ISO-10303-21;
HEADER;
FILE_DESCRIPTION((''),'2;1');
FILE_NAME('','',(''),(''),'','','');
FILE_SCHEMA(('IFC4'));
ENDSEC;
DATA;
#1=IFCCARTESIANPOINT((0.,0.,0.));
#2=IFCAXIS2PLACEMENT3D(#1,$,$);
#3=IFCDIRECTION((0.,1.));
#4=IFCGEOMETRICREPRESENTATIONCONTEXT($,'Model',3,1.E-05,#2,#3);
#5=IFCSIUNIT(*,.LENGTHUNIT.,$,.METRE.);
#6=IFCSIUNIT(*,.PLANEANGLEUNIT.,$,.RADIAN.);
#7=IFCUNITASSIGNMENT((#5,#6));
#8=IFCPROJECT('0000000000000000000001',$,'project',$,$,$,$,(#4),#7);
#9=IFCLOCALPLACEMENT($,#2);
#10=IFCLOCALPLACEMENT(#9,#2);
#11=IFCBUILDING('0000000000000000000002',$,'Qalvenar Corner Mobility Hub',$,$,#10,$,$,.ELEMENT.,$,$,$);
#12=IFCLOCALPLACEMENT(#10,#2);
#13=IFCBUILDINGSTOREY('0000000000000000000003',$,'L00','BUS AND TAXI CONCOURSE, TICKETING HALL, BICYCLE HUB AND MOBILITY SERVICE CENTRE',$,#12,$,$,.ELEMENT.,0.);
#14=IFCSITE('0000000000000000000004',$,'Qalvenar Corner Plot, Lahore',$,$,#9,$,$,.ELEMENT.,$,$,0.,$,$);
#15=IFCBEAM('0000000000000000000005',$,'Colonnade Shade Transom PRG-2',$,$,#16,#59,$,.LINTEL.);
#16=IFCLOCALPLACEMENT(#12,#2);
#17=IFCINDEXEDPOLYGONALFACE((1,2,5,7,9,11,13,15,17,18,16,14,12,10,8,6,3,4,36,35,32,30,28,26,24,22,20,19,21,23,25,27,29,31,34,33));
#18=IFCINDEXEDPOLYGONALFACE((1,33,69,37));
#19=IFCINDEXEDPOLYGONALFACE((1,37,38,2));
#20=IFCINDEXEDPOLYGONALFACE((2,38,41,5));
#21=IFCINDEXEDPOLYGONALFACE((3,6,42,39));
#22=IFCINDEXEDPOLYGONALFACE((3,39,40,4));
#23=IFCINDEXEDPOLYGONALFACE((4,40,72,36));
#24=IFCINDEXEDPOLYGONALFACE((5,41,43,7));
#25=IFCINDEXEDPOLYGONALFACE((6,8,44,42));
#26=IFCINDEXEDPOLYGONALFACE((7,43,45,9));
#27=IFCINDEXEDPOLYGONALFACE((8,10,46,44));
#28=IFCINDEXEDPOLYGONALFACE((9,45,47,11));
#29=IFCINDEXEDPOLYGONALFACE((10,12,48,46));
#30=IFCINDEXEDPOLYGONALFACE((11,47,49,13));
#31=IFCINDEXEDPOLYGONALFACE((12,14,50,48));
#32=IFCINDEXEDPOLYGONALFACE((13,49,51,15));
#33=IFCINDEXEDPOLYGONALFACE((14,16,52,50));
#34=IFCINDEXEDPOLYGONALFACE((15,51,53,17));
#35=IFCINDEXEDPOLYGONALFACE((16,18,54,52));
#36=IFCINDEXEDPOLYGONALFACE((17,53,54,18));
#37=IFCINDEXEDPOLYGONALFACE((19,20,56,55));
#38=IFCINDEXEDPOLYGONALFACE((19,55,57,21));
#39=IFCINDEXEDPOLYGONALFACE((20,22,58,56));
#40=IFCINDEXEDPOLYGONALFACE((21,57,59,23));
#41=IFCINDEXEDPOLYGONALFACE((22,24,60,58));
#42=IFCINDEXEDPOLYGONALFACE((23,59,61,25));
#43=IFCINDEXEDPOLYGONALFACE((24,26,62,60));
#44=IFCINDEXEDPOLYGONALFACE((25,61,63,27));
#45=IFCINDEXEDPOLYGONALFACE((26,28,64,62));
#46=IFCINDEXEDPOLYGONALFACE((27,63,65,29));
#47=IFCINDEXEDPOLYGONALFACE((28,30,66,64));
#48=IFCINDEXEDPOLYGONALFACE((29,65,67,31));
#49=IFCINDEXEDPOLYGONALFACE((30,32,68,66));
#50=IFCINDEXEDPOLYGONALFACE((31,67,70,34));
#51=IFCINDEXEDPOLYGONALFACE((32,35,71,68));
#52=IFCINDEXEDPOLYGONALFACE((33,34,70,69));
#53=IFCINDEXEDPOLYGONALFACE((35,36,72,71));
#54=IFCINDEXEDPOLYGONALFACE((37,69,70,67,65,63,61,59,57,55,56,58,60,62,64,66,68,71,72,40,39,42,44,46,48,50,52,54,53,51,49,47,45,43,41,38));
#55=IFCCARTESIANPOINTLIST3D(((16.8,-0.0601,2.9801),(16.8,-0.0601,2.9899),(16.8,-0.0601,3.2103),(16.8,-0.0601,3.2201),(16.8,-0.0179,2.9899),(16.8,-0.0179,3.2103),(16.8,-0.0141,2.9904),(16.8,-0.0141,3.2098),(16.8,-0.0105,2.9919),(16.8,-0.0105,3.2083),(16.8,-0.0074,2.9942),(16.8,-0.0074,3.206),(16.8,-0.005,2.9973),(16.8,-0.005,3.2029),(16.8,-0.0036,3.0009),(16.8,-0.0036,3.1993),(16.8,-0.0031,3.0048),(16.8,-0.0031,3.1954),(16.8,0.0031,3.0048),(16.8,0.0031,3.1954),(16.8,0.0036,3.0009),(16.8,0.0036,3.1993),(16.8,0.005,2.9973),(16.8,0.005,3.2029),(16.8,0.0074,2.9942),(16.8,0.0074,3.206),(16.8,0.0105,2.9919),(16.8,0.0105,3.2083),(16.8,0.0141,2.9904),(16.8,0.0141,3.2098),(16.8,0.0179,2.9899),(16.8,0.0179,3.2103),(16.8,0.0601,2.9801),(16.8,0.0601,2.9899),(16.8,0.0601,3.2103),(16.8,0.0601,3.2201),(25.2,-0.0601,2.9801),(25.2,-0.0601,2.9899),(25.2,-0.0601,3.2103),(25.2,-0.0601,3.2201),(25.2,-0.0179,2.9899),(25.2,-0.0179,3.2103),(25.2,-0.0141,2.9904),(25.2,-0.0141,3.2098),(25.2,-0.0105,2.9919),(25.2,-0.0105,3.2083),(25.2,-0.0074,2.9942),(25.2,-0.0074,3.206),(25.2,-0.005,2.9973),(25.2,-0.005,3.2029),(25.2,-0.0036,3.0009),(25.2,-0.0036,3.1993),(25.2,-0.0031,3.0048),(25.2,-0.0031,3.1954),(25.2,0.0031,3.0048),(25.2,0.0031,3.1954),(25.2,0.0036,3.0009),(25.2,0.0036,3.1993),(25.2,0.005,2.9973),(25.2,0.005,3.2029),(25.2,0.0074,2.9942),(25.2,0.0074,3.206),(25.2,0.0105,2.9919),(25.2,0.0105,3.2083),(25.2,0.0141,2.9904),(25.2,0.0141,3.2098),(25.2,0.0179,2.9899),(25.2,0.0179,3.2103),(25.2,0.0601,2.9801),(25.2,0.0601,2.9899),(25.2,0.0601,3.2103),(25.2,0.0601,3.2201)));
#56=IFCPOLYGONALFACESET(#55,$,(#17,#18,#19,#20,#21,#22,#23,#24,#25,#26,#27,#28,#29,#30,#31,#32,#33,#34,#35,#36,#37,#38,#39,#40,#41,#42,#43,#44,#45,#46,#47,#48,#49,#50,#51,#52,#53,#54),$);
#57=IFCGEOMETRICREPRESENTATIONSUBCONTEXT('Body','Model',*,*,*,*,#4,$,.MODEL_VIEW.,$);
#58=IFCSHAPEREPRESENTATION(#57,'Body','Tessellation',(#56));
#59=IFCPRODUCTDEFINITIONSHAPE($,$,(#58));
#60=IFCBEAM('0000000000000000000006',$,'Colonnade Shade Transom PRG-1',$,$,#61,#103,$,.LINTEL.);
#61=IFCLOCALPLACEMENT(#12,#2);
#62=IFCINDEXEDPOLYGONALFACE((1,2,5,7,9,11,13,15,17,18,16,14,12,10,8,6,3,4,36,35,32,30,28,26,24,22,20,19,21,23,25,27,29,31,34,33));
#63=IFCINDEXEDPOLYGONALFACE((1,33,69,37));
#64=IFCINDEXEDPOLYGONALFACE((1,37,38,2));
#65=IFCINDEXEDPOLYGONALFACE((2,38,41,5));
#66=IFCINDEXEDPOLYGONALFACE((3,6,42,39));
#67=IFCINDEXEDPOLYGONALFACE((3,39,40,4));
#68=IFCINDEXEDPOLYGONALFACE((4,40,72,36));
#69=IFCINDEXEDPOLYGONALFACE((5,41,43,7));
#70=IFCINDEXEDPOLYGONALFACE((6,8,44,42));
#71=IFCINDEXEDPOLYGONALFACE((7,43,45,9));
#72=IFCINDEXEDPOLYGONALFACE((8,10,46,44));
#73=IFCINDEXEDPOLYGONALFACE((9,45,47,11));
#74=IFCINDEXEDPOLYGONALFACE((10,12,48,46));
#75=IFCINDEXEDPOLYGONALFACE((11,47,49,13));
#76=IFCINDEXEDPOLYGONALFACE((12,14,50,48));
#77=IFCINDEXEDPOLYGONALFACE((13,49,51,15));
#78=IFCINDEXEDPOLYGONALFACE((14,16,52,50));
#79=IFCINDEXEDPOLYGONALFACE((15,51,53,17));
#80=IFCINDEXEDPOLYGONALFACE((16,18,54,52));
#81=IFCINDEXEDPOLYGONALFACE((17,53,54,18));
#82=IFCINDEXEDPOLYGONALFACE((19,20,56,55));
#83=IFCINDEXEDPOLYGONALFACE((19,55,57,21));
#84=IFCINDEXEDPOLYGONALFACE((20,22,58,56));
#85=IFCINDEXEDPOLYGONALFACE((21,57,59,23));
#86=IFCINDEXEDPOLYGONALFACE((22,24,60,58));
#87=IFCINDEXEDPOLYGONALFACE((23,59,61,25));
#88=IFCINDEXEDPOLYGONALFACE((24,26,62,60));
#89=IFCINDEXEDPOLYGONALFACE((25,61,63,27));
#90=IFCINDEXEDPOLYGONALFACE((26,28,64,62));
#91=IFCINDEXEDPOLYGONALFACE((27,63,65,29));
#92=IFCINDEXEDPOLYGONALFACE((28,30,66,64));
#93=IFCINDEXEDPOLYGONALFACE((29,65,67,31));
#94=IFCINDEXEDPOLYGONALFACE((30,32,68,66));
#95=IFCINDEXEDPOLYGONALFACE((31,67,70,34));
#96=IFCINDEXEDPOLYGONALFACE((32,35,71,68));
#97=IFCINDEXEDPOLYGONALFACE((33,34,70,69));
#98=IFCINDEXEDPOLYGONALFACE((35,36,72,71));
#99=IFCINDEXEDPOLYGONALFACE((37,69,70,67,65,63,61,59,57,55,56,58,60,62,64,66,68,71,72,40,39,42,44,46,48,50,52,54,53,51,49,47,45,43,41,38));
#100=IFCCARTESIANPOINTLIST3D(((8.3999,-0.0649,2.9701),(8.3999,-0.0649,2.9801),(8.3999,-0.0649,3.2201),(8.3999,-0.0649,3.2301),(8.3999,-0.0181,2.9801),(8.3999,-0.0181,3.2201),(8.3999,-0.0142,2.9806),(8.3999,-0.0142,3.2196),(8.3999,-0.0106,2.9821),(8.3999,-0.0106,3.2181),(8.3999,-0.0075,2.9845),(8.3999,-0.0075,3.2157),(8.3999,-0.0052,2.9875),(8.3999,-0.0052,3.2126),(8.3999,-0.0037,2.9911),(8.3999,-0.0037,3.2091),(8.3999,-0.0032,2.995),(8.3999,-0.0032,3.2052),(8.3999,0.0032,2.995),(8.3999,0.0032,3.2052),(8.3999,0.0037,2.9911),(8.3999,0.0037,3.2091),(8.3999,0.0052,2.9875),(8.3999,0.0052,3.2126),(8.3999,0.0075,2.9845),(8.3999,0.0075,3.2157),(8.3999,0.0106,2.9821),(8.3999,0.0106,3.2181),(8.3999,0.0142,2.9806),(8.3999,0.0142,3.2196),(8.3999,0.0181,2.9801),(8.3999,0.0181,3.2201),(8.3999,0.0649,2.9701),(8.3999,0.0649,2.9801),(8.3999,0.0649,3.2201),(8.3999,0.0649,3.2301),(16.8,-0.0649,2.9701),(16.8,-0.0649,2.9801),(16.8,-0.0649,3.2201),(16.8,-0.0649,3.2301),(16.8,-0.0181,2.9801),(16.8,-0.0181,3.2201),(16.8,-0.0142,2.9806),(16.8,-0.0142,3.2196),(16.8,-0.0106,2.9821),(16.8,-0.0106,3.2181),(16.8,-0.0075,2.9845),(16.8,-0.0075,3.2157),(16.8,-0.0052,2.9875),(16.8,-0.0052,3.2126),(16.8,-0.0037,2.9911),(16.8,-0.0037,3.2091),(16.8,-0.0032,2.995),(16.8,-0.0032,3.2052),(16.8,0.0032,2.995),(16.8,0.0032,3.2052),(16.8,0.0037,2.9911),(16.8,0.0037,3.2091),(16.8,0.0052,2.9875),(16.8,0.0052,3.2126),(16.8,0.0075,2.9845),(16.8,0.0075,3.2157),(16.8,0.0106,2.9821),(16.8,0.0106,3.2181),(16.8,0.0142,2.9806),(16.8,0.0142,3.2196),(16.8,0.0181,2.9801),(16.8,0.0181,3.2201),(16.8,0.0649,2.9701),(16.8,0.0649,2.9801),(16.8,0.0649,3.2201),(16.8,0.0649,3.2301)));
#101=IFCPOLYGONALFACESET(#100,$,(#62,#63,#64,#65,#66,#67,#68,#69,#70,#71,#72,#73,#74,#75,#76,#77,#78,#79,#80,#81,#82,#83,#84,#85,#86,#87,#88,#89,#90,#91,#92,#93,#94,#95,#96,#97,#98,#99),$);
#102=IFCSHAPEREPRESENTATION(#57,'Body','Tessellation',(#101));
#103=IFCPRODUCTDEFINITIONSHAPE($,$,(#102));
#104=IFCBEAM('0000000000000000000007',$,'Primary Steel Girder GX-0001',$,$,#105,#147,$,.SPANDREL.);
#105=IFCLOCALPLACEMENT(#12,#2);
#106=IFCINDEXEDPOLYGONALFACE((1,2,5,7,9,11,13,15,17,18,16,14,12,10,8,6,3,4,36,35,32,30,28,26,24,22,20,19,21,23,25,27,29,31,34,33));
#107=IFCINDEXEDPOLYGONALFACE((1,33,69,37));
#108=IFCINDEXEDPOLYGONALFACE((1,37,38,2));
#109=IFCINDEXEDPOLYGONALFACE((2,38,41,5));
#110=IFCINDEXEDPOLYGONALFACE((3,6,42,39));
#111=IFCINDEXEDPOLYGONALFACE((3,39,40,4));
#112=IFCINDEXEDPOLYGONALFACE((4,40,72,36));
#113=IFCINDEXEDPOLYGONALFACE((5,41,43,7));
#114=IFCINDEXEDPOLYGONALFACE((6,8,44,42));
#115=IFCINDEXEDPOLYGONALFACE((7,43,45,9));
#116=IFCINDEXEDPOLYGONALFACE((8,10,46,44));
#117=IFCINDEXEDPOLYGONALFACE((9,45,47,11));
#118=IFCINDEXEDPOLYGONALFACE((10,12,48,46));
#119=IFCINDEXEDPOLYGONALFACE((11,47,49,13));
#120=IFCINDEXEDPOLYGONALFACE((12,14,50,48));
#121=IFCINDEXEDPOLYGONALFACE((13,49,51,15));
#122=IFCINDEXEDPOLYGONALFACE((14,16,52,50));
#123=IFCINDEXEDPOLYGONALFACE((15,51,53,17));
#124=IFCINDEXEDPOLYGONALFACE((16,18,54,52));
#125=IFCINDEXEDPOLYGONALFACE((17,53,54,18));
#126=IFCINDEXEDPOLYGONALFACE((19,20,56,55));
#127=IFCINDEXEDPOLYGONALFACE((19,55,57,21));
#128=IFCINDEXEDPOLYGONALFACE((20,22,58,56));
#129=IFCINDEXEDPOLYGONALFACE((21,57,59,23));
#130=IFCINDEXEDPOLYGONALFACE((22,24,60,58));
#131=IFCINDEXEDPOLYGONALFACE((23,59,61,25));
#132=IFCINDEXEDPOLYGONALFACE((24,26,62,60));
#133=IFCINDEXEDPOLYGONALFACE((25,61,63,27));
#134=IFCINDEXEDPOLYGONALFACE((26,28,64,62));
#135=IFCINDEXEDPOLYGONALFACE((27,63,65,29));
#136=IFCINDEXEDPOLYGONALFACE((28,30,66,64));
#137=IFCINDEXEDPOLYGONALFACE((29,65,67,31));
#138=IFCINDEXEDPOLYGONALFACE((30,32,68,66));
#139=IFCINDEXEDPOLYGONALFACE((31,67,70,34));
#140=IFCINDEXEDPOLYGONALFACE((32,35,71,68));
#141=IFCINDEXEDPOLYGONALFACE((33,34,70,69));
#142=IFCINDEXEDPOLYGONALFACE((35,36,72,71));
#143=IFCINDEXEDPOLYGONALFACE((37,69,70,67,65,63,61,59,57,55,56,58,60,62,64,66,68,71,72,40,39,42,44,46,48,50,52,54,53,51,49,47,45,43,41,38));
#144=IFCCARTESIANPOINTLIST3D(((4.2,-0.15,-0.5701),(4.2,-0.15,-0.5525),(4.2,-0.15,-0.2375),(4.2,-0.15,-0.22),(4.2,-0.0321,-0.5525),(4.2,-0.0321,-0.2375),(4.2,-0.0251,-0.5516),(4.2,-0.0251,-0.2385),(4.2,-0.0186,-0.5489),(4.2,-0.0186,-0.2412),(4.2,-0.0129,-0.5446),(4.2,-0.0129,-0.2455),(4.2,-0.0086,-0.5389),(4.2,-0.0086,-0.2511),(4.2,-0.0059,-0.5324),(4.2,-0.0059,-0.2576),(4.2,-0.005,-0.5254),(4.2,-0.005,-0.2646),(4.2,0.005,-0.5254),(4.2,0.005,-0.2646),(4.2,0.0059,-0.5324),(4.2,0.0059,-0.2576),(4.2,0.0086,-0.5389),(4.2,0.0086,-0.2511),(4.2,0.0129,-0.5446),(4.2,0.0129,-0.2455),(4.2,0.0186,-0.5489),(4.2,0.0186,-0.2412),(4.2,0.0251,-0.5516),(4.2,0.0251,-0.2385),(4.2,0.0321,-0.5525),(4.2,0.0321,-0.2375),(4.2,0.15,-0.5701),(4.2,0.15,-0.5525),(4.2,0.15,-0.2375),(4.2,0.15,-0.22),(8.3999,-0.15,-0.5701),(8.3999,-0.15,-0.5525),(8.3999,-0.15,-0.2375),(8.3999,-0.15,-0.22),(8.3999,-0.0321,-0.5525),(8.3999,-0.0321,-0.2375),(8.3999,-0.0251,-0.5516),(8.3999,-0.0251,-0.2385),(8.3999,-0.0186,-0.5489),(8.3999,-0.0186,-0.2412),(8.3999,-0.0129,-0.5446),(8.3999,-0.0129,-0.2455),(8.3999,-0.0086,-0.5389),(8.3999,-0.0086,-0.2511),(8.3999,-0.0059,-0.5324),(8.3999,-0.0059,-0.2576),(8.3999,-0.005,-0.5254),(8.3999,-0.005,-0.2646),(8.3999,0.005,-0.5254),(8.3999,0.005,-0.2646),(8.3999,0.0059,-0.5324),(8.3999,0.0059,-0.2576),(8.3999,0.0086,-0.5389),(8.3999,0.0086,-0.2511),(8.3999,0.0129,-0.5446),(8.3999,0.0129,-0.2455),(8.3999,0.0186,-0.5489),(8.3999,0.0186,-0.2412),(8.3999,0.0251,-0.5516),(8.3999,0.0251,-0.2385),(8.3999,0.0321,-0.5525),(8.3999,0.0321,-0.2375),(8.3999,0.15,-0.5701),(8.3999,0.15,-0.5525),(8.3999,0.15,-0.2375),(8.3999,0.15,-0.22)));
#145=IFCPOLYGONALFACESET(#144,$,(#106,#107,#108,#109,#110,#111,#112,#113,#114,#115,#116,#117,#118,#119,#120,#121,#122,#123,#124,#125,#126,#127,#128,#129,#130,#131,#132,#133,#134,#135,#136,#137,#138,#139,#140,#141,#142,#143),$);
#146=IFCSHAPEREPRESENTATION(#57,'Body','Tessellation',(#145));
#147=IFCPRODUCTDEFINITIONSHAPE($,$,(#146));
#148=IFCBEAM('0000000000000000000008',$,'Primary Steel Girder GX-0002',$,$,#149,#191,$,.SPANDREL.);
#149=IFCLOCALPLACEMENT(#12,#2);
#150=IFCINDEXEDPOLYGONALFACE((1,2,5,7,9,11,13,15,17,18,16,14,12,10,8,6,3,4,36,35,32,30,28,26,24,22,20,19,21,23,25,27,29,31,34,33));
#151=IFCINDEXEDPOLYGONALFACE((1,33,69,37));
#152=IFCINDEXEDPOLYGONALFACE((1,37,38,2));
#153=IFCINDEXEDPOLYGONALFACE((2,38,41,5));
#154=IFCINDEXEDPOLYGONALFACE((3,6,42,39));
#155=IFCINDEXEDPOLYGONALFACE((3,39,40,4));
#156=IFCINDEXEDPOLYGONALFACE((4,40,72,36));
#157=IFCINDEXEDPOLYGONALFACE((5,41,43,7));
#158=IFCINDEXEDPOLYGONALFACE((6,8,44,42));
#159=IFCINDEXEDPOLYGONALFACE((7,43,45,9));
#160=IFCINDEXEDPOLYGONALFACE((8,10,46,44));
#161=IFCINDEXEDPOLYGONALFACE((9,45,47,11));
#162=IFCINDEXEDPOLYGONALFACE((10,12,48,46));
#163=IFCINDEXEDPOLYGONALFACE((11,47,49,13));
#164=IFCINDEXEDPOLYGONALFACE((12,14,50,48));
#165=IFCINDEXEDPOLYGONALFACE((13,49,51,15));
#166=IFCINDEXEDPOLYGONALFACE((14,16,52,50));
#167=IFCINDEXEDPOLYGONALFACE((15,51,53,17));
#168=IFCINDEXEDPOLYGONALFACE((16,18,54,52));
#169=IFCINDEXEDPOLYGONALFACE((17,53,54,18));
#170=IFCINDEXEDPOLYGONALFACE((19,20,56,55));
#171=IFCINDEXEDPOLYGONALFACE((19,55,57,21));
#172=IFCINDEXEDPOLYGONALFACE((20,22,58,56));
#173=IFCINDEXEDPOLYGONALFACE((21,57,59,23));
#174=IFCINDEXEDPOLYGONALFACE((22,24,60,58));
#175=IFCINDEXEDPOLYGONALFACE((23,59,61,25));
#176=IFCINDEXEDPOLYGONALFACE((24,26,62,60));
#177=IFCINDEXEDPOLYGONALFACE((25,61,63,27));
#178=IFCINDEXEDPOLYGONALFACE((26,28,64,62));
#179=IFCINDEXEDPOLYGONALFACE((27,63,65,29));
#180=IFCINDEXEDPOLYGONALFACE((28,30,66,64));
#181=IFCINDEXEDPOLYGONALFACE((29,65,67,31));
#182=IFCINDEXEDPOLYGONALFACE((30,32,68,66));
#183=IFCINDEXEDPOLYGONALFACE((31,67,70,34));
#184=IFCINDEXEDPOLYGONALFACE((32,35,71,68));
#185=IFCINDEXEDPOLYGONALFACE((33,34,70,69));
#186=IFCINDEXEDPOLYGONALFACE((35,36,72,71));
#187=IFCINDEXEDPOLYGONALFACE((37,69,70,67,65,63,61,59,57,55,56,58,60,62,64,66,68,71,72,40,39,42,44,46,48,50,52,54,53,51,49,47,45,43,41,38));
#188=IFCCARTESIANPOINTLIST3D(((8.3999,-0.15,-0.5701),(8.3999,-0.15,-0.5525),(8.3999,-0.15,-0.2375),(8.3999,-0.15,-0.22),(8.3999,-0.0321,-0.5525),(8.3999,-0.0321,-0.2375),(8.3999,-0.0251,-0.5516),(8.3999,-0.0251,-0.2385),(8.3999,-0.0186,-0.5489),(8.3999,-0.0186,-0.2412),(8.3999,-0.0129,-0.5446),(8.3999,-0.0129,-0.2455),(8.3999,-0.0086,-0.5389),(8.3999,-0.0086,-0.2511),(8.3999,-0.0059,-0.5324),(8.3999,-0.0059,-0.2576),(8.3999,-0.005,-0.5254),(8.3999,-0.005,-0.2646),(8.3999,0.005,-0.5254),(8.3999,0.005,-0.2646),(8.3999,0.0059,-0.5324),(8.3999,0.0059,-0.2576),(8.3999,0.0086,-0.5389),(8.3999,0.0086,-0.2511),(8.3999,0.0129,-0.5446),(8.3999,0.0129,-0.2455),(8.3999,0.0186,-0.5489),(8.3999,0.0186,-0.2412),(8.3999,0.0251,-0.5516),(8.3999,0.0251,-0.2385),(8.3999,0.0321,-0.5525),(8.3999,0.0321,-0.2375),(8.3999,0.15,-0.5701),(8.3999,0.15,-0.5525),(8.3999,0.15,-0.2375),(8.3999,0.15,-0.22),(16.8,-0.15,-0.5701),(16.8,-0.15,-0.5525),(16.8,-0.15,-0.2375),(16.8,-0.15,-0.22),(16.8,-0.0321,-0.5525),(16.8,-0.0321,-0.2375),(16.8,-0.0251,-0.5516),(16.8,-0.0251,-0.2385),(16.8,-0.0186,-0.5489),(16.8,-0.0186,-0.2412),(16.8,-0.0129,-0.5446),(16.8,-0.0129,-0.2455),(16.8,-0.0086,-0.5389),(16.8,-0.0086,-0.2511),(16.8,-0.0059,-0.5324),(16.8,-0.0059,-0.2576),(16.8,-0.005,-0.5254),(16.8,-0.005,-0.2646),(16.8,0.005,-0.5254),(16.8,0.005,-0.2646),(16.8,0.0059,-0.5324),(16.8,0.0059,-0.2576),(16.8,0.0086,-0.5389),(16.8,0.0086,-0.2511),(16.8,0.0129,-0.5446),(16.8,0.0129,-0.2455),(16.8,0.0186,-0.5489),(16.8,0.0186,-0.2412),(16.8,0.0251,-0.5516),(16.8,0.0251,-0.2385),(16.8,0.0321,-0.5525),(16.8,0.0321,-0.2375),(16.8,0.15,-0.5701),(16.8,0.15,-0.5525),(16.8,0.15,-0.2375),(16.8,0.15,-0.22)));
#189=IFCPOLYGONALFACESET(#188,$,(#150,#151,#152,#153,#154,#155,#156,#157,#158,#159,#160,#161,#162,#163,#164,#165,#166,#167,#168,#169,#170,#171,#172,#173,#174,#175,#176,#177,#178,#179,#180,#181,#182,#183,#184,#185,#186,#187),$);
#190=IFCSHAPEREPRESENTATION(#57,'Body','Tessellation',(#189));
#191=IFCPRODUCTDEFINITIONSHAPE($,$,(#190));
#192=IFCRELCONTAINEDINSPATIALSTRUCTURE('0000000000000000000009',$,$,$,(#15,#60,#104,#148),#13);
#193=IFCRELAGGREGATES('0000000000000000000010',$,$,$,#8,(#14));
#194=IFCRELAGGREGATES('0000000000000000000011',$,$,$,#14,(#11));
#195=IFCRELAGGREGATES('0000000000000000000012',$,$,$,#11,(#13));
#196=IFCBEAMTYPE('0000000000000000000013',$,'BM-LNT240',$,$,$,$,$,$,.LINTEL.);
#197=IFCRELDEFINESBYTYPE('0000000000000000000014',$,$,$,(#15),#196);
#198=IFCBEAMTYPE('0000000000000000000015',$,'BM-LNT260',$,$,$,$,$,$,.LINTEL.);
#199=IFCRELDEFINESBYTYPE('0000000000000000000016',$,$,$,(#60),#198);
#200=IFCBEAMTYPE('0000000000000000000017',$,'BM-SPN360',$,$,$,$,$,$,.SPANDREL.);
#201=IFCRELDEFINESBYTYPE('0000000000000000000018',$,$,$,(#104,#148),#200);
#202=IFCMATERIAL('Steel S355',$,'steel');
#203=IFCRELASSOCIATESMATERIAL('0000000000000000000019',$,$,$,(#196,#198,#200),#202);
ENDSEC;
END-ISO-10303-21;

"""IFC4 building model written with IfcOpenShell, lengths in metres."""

from ifc_helpers import new_model, si_unit, direction, frame, origin, origin_2d, place, context, subcontext, project, spatial, i_section, extrude, material, material_profile, profile_set, type_object, element, save


model = new_model("IFC4")

# Units and contexts
model_context = context("Model", 3, precision=1e-05, world=origin(), true_north=direction((0.0, 1.0)))
body_context = subcontext(model_context, "Body", "Model", "MODEL_VIEW")
ifc_project = project(units=[si_unit("LENGTHUNIT", "METRE"), si_unit("PLANEANGLEUNIT", "RADIAN")], contexts=[model_context])

# Site, building, storey
site_placement = place(None, origin())
site = spatial("IfcSite", under=ifc_project, at=site_placement, Name="Qalvenar Corner Plot, Lahore", CompositionType="ELEMENT", RefElevation=0.0)
building_placement = place(site_placement, origin())
building = spatial("IfcBuilding", under=site, at=building_placement, Name="Qalvenar Corner Mobility Hub", CompositionType="ELEMENT")
storey_placement = place(building_placement, origin())
storey = spatial("IfcBuildingStorey", under=building, at=storey_placement, Name="L00", Description="BUS AND TAXI CONCOURSE, TICKETING HALL, BICYCLE HUB AND MOBILITY SERVICE CENTRE", CompositionType="ELEMENT", Elevation=0.0)

# Shared definitions
ifc_material_1 = material(Name="Steel S355", Category="steel")

# Beams
ifc_material_profile_1 = material_profile(ifc_material_1, i_section(OverallWidth=0.1201, OverallDepth=0.24, WebThickness=0.0061, FlangeThickness=0.0098, FilletRadius=0.0149, at=origin_2d()), Name="IPE240")
ifc_profile_set_1 = profile_set([ifc_material_profile_1], Name="Steel S355")
beam_type_1 = type_object("IfcBeamType", Name="BM-LNT240", PredefinedType="LINTEL", material=ifc_profile_set_1)
beam_1_placement = place(storey_placement, frame((16.8, 0.0, 3.1001), z_axis=(1.0, 0.0, 0.0), x_axis=(0.0, 1.0, 0.0)))
element("IfcBeam", 1, at=beam_1_placement, inside=storey, type_object=beam_type_1, Name="Colonnade Shade Transom PRG-2", PredefinedType="LINTEL", context=body_context, shape_type="SweptSolid", body=[
    extrude(i_section(OverallWidth=0.1201, OverallDepth=0.24, WebThickness=0.0061, FlangeThickness=0.0098, FilletRadius=0.0149, at=origin_2d()), origin(), (0.0, 0.0, 1.0), 8.3999),
])
ifc_material_profile_2 = material_profile(ifc_material_1, i_section(OverallWidth=0.1299, OverallDepth=0.26, WebThickness=0.0063, FlangeThickness=0.01, FilletRadius=0.0149, at=origin_2d()), Name="IPE260-EQ")
ifc_profile_set_2 = profile_set([ifc_material_profile_2], Name="Steel S355")
beam_type_2 = type_object("IfcBeamType", Name="BM-LNT260", PredefinedType="LINTEL", material=ifc_profile_set_2)
beam_2_placement = place(storey_placement, frame((8.3999, 0.0, 3.1001), z_axis=(1.0, 0.0, 0.0), x_axis=(0.0, 1.0, 0.0)))
element("IfcBeam", 2, at=beam_2_placement, inside=storey, type_object=beam_type_2, Name="Colonnade Shade Transom PRG-1", PredefinedType="LINTEL", context=body_context, shape_type="SweptSolid", body=[
    extrude(i_section(OverallWidth=0.1299, OverallDepth=0.26, WebThickness=0.0063, FlangeThickness=0.01, FilletRadius=0.0149, at=origin_2d()), origin(), (0.0, 0.0, 1.0), 8.4001),
])
ifc_material_profile_3 = material_profile(ifc_material_1, i_section(OverallWidth=0.3, OverallDepth=0.3501, WebThickness=0.01, FlangeThickness=0.0176, FilletRadius=0.0271, at=origin_2d()), Name="HEA360")
ifc_profile_set_3 = profile_set([ifc_material_profile_3], Name="Steel S355")
beam_type_3 = type_object("IfcBeamType", Name="BM-SPN360", PredefinedType="SPANDREL", material=ifc_profile_set_3)
beam_3_placement = place(storey_placement, frame((4.2, 0.0, -0.395), z_axis=(1.0, 0.0, 0.0), x_axis=(0.0, 1.0, 0.0)))
element("IfcBeam", 3, at=beam_3_placement, inside=storey, type_object=beam_type_3, Name="Primary Steel Girder GX-0001", PredefinedType="SPANDREL", context=body_context, shape_type="SweptSolid", body=[
    extrude(i_section(OverallWidth=0.3, OverallDepth=0.3501, WebThickness=0.01, FlangeThickness=0.0176, FilletRadius=0.0271, at=origin_2d()), origin(), (0.0, 0.0, 1.0), 4.2),
])
beam_4_placement = place(storey_placement, frame((8.3999, 0.0, -0.395), z_axis=(1.0, 0.0, 0.0), x_axis=(0.0, 1.0, 0.0)))
element("IfcBeam", 4, at=beam_4_placement, inside=storey, type_object=beam_type_3, Name="Primary Steel Girder GX-0002", PredefinedType="SPANDREL", context=body_context, shape_type="SweptSolid", body=[
    extrude(i_section(OverallWidth=0.3, OverallDepth=0.3501, WebThickness=0.01, FlangeThickness=0.0176, FilletRadius=0.0271, at=origin_2d()), origin(), (0.0, 0.0, 1.0), 8.4001),
])

save(model, "model.ifc")
